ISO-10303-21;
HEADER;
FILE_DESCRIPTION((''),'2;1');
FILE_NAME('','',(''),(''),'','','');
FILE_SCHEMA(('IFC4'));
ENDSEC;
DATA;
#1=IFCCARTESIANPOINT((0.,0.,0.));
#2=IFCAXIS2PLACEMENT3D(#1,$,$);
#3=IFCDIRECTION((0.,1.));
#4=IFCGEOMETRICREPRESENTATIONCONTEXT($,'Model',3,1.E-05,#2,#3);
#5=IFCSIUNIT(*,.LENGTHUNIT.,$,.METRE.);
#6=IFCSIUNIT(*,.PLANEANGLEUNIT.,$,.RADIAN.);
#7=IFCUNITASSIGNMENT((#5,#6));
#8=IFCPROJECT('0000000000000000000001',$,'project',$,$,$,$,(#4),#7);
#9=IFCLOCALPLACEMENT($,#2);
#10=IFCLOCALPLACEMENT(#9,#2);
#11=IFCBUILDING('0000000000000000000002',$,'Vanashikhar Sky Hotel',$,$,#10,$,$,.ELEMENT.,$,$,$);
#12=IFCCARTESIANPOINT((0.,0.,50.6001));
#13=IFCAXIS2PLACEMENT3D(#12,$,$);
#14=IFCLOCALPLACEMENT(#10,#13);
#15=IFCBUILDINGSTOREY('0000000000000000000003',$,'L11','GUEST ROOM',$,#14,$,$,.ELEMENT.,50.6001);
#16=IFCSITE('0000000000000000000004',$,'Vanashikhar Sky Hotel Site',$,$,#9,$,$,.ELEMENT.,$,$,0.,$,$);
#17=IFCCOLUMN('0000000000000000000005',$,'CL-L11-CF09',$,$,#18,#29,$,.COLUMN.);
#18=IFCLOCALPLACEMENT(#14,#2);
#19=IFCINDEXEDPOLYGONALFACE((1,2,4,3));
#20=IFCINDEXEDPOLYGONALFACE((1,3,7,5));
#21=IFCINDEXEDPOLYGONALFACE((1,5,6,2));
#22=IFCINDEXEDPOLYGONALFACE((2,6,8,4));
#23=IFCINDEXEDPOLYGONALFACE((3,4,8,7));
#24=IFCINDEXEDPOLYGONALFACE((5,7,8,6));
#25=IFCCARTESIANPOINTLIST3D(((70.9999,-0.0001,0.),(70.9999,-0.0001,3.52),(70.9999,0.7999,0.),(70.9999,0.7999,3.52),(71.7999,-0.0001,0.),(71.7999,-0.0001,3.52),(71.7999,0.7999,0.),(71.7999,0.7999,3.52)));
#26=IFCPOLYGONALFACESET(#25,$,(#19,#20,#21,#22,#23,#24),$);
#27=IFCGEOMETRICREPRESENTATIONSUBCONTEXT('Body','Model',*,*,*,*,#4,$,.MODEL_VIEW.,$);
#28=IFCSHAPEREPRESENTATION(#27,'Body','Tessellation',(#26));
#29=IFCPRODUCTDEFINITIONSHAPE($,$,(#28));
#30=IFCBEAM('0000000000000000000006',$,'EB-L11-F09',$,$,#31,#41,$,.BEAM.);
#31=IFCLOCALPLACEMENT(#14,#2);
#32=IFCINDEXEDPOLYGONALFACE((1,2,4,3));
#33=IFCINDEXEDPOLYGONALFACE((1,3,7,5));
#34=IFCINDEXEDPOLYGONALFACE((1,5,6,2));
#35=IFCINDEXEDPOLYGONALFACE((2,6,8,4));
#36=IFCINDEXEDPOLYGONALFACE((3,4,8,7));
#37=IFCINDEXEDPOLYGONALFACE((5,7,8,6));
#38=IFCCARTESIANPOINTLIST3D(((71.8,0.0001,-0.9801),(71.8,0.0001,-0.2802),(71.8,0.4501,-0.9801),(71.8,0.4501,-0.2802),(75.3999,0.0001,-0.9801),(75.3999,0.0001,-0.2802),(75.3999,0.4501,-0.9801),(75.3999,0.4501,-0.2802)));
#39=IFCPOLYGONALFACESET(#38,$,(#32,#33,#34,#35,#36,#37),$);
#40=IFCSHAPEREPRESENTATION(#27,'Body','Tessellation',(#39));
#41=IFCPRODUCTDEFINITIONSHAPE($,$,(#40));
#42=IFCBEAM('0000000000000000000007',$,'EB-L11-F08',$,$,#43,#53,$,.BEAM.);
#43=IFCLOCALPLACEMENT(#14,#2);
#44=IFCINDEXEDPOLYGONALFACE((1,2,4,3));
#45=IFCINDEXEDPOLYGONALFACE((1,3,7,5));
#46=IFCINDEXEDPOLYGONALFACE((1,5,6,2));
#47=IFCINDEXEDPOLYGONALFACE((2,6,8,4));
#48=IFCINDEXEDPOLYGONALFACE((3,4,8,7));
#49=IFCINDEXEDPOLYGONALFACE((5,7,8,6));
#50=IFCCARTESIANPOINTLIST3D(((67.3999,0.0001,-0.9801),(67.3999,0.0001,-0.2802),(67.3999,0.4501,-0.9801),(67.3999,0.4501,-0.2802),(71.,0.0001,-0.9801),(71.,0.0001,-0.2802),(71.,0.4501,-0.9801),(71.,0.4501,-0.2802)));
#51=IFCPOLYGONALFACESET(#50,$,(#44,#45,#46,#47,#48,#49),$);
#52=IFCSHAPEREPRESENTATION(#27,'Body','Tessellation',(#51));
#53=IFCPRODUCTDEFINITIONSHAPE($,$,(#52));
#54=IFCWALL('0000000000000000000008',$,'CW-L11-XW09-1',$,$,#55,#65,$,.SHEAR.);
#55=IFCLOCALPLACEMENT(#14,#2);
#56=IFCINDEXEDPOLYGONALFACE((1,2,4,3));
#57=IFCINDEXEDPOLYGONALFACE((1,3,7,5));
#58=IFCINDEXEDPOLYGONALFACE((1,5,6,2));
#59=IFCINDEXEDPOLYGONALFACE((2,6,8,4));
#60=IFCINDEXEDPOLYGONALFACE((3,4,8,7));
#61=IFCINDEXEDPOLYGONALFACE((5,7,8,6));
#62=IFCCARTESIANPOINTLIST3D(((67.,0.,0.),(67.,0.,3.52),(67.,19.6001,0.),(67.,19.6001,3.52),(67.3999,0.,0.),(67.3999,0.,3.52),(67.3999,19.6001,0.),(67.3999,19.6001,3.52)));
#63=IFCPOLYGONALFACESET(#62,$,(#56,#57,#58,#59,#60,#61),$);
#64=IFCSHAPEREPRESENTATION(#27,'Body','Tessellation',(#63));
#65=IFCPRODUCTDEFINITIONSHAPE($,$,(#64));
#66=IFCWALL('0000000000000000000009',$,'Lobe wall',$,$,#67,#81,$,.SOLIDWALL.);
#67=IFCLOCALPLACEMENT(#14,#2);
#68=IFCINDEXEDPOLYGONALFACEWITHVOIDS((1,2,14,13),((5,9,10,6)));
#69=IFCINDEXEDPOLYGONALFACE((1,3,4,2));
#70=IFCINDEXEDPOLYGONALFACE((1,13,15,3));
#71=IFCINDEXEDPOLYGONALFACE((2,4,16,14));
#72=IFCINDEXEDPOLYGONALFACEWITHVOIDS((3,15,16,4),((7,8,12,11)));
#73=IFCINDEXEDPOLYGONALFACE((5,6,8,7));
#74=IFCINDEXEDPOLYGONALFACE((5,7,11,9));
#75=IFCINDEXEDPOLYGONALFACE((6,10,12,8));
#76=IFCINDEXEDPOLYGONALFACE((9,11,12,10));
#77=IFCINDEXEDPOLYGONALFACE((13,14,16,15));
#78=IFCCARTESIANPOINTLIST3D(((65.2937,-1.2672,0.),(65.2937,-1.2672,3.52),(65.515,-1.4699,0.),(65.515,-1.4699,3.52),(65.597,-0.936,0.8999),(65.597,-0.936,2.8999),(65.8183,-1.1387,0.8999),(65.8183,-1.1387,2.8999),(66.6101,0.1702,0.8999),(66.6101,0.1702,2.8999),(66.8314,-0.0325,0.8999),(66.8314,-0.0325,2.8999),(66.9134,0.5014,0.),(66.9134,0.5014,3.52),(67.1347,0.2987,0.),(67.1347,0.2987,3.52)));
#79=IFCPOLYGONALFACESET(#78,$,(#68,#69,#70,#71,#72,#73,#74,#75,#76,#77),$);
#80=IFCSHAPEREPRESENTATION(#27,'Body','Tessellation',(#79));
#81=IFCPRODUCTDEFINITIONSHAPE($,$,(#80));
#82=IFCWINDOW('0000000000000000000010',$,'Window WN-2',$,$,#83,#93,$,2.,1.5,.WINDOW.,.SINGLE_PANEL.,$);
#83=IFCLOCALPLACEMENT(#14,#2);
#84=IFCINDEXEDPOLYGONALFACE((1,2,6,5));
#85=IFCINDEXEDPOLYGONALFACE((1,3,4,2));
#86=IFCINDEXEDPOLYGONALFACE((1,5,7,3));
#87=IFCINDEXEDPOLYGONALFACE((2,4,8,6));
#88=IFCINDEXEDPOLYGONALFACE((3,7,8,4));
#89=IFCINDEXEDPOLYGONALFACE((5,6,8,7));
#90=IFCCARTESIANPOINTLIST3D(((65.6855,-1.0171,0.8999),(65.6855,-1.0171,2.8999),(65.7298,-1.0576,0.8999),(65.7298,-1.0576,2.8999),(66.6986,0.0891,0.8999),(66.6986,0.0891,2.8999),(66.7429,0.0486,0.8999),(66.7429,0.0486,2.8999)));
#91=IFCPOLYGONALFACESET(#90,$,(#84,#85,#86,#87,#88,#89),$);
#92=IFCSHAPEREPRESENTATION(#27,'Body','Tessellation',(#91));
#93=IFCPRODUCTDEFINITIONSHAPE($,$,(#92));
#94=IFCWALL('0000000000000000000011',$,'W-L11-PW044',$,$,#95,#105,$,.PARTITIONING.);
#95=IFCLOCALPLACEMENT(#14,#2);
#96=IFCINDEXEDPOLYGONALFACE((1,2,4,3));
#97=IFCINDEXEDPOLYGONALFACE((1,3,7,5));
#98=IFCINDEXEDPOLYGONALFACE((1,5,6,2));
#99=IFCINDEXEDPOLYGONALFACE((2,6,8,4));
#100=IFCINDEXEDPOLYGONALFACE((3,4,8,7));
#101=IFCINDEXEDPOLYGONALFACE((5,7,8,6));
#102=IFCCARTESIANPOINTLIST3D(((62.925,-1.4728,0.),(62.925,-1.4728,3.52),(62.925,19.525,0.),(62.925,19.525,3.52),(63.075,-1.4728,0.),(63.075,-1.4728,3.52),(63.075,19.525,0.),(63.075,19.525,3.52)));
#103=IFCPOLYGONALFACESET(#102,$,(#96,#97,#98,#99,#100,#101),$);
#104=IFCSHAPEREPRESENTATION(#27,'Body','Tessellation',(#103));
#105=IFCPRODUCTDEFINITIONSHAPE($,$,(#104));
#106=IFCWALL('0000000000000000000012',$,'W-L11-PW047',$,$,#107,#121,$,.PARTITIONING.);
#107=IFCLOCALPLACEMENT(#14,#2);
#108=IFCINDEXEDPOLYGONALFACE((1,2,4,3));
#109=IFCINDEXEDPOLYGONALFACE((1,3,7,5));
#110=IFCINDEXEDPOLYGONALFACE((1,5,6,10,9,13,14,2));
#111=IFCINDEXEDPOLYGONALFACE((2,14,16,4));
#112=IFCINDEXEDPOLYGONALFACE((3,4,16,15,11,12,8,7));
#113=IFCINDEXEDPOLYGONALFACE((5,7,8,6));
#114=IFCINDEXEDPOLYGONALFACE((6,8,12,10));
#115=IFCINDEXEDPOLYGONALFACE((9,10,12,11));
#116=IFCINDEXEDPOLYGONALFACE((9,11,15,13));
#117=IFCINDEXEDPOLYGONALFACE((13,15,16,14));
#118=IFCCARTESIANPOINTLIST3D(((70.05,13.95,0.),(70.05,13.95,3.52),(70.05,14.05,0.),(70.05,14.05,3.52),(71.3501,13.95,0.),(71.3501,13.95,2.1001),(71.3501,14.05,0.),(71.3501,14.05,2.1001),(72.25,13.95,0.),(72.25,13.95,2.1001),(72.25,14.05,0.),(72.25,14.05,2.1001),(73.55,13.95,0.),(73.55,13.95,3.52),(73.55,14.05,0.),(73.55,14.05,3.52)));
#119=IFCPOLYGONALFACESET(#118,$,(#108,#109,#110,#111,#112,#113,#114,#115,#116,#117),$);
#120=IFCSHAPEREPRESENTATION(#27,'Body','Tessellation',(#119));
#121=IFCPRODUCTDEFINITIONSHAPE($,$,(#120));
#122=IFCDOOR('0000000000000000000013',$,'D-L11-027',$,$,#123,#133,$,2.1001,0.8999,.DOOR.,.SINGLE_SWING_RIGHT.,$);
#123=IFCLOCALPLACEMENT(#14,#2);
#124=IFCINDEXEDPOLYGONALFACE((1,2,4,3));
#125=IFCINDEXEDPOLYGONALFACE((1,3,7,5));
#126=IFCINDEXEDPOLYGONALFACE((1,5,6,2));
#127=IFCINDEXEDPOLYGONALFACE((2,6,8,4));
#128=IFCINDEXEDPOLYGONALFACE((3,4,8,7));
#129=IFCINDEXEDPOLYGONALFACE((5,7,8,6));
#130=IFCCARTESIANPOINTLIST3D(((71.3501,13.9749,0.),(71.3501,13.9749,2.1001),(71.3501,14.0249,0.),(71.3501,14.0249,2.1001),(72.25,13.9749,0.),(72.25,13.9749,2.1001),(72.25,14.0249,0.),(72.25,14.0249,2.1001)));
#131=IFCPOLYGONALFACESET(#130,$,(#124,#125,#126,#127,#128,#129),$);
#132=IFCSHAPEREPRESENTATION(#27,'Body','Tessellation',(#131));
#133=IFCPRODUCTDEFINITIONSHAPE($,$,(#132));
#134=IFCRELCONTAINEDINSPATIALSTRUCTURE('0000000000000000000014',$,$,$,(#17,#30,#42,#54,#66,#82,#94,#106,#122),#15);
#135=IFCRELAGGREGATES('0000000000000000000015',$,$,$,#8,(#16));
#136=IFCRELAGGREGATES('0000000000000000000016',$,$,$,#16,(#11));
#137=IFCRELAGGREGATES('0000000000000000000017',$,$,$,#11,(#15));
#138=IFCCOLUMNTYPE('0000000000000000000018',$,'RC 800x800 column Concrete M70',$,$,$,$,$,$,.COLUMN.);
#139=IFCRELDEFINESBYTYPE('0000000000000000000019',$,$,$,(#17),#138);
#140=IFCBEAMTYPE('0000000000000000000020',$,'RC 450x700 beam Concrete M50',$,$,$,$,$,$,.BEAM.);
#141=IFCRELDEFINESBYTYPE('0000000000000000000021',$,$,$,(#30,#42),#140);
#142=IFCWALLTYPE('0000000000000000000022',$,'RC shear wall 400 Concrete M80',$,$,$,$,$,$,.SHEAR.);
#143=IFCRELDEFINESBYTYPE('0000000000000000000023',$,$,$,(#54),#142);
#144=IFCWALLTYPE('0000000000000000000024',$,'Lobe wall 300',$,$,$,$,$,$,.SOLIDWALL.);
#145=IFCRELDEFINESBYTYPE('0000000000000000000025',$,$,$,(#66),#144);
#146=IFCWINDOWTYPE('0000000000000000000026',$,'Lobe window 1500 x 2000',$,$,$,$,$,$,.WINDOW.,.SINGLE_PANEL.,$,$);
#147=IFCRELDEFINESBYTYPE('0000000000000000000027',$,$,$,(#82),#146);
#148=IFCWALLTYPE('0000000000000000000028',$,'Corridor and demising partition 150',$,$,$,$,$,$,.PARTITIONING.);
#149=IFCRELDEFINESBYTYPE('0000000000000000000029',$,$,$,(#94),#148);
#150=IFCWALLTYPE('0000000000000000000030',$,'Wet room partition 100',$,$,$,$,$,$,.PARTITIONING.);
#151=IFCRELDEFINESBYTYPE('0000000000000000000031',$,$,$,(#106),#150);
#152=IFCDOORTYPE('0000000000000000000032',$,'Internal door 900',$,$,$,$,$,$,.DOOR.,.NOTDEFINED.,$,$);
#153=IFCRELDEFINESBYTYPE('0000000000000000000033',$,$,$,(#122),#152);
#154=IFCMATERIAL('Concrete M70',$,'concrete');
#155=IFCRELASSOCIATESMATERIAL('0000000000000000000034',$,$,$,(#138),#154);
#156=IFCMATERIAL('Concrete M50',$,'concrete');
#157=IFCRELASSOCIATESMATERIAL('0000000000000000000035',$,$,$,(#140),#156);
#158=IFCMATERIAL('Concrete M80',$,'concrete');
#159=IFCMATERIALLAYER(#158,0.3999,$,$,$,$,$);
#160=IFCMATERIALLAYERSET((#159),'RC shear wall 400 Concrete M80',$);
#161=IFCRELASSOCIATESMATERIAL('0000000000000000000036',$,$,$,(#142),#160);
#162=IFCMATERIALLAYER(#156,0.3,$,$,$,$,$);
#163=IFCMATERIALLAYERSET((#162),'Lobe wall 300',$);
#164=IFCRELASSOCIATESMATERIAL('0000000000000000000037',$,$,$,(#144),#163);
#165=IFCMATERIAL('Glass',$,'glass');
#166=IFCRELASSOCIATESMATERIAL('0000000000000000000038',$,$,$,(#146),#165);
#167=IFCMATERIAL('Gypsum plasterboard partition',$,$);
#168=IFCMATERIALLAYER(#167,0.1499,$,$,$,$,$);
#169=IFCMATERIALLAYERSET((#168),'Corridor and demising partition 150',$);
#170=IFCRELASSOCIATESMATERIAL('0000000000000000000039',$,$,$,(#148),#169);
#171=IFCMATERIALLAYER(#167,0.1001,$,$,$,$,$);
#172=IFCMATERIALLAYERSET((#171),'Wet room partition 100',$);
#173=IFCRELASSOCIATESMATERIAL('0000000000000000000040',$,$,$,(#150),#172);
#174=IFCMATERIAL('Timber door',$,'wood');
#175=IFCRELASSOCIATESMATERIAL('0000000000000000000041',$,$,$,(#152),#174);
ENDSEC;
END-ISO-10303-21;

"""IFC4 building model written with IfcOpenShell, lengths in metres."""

from ifc_helpers import new_model, si_unit, direction, frame, frame_2d, origin, origin_2d, place, context, subcontext, project, spatial, rectangle, extrude, source, transform, mapped, material, layer, layer_set, material_profile, profile_set, type_object, element, fill, save


model = new_model("IFC4")

# Units and contexts
model_context = context("Model", 3, precision=1e-05, world=origin(), true_north=direction((0.0, 1.0)))
body_context = subcontext(model_context, "Body", "Model", "MODEL_VIEW")
ifc_project = project(units=[si_unit("LENGTHUNIT", "METRE"), si_unit("PLANEANGLEUNIT", "RADIAN")], contexts=[model_context])

# Site, building, storey
site_placement = place(None, origin())
site = spatial("IfcSite", under=ifc_project, at=site_placement, Name="Vanashikhar Sky Hotel Site", CompositionType="ELEMENT", RefElevation=0.0)
building_placement = place(site_placement, origin())
building = spatial("IfcBuilding", under=site, at=building_placement, Name="Vanashikhar Sky Hotel", CompositionType="ELEMENT")
storey_placement = place(building_placement, frame((0.0, 0.0, 50.6001)))
storey = spatial("IfcBuildingStorey", under=building, at=storey_placement, Name="L11", Description="GUEST ROOM", CompositionType="ELEMENT", Elevation=50.6001)

# Column
ifc_material_1 = material(Name="Concrete M70", Category="concrete")
ifc_material_profile_1 = material_profile(ifc_material_1, rectangle(XDim=0.8, YDim=0.8, at=origin_2d()))
ifc_profile_set_1 = profile_set([ifc_material_profile_1], Name="RC 800x800 column Concrete M70")
column_type = type_object("IfcColumnType", Name="RC 800x800 column Concrete M70", PredefinedType="COLUMN", material=ifc_profile_set_1)
shared_shape_1 = source(origin(), body_context, "Body", "SweptSolid", [
    extrude(rectangle(XDim=0.8, YDim=0.8, at=origin_2d()), origin(), (0.0, 0.0, 1.0), 3.52),
])
column_placement = place(storey_placement, frame((71.3999, 0.3999, 0.0), z_axis=(0.0, 0.0, 1.0), x_axis=(1.0, 0.0, 0.0)))
element("IfcColumn", 1, at=column_placement, inside=storey, type_object=column_type, Name="CL-L11-CF09", PredefinedType="COLUMN", context=body_context, shape_type="MappedRepresentation", body=[
    mapped(shared_shape_1, transform((0.0, 0.0, 0.0), scale=1.0)),
])

# Beams
ifc_material_2 = material(Name="Concrete M50", Category="concrete")
ifc_material_profile_2 = material_profile(ifc_material_2, rectangle(XDim=0.45, YDim=0.7, at=origin_2d()))
ifc_profile_set_2 = profile_set([ifc_material_profile_2], Name="RC 450x700 beam Concrete M50")
beam_type = type_object("IfcBeamType", Name="RC 450x700 beam Concrete M50", PredefinedType="BEAM", material=ifc_profile_set_2)
shared_shape_2 = source(origin(), body_context, "Body", "SweptSolid", [
    extrude(rectangle(XDim=0.45, YDim=0.7, at=origin_2d()), origin(), (0.0, 0.0, 1.0), 3.5999),
])
beam_1_placement = place(storey_placement, frame((71.8, 0.2251, -0.6301), z_axis=(1.0, 0.0, 0.0), x_axis=(0.0, 1.0, 0.0)))
element("IfcBeam", 2, at=beam_1_placement, inside=storey, type_object=beam_type, Name="EB-L11-F09", PredefinedType="BEAM", context=body_context, shape_type="MappedRepresentation", body=[
    mapped(shared_shape_2, transform((0.0, 0.0, 0.0), scale=1.0)),
])
shared_shape_3 = source(origin(), body_context, "Body", "SweptSolid", [
    extrude(rectangle(XDim=0.45, YDim=0.7, at=origin_2d()), origin(), (0.0, 0.0, 1.0), 3.6001),
])
beam_2_placement = place(storey_placement, frame((67.3999, 0.2251, -0.6301), z_axis=(1.0, 0.0, 0.0), x_axis=(0.0, 1.0, 0.0)))
element("IfcBeam", 3, at=beam_2_placement, inside=storey, type_object=beam_type, Name="EB-L11-F08", PredefinedType="BEAM", context=body_context, shape_type="MappedRepresentation", body=[
    mapped(shared_shape_3, transform((0.0, 0.0, 0.0), scale=1.0)),
])

# Wall
ifc_material_3 = material(Name="Concrete M80", Category="concrete")
ifc_layer_1 = layer(ifc_material_3, 0.3999)
ifc_layer_set_1 = layer_set([ifc_layer_1], Name="RC shear wall 400 Concrete M80")
wall_type_1 = type_object("IfcWallType", Name="RC shear wall 400 Concrete M80", PredefinedType="SHEAR", material=ifc_layer_set_1)
shared_shape_4 = source(origin(), body_context, "Body", "SweptSolid", [
    extrude(rectangle(XDim=19.6001, YDim=0.3999, at=frame_2d((9.8, 0.0))), origin(), (0.0, 0.0, 1.0), 3.52),
])
wall_1_placement = place(storey_placement, frame((67.2, 0.0, 0.0), z_axis=(0.0, 0.0, 1.0), x_axis=(0.0, 1.0, 0.0)))
element("IfcWall", 4, at=wall_1_placement, inside=storey, type_object=wall_type_1, Name="CW-L11-XW09-1", PredefinedType="SHEAR", context=body_context, shape_type="MappedRepresentation", body=[
    mapped(shared_shape_4, transform((0.0, 0.0, 0.0), scale=1.0)),
])

# Wall, opening, window
ifc_layer_2 = layer(ifc_material_2, 0.3)
ifc_layer_set_2 = layer_set([ifc_layer_2], Name="Lobe wall 300")
wall_type_2 = type_object("IfcWallType", Name="Lobe wall 300", PredefinedType="SOLIDWALL", material=ifc_layer_set_2)
shared_shape_5 = source(origin(), body_context, "Body", "SweptSolid", [
    extrude(rectangle(XDim=2.3982, YDim=0.3, at=frame_2d((1.1992, 0.0))), origin(), (0.0, 0.0, 1.0), 3.52),
])
wall_2_placement = place(storey_placement, frame((65.4043, -1.3687, 0.0), z_axis=(0.0, 0.0, 1.0), x_axis=(0.675374, 0.737475, 0.0)))
wall_2 = element("IfcWall", 5, at=wall_2_placement, inside=storey, type_object=wall_type_2, Name="Lobe wall", PredefinedType="SOLIDWALL", context=body_context, shape_type="MappedRepresentation", body=[
    mapped(shared_shape_5, transform((0.0, 0.0, 0.0), scale=1.0)),
])
shared_shape_6 = source(origin(), body_context, "Body", "SweptSolid", [
    extrude(rectangle(XDim=1.5, YDim=2.0, at=frame_2d((0.75, 1.0))), frame((0.0, 0.1602, 0.0), z_axis=(0.0, -1.0, 0.0), x_axis=(1.0, 0.0, 0.0)), (0.0, 0.0, 1.0), 0.3201),
])
opening_1_placement = place(wall_2_placement, frame((0.4492, 0.0, 0.8999)))
opening_1 = element("IfcOpeningElement", 6, at=opening_1_placement, cuts=wall_2, PredefinedType="OPENING", context=body_context, shape_type="MappedRepresentation", body=[
    mapped(shared_shape_6, transform((0.0, 0.0, 0.0), scale=1.0)),
])
ifc_material_4 = material(Name="Glass", Category="glass")
window_type_1 = type_object("IfcWindowType", Name="Lobe window 1500 x 2000", PartitioningType="SINGLE_PANEL", PredefinedType="WINDOW", material=ifc_material_4)
shared_shape_7 = source(origin(), body_context, "Body", "SweptSolid", [
    extrude(rectangle(XDim=1.5, YDim=2.0, at=frame_2d((0.75, 1.0))), frame((0.0, 0.03, 0.0), z_axis=(0.0, -1.0, 0.0), x_axis=(1.0, 0.0, 0.0)), (0.0, 0.0, 1.0), 0.0601),
])
window_1_placement = place(opening_1_placement, origin())
window_1 = element("IfcWindow", 7, at=window_1_placement, inside=storey, type_object=window_type_1, Name="Window WN-2", OverallHeight=2.0, OverallWidth=1.5, PartitioningType="SINGLE_PANEL", PredefinedType="WINDOW", context=body_context, shape_type="MappedRepresentation", body=[
    mapped(shared_shape_7, transform((0.0, 0.0, 0.0), scale=1.0)),
])
fill(opening_1, window_1)

# Wall
ifc_material_5 = material(Name="Gypsum plasterboard partition")
ifc_layer_3 = layer(ifc_material_5, 0.1499)
ifc_layer_set_3 = layer_set([ifc_layer_3], Name="Corridor and demising partition 150")
wall_type_3 = type_object("IfcWallType", Name="Corridor and demising partition 150", PredefinedType="PARTITIONING", material=ifc_layer_set_3)
shared_shape_8 = source(origin(), body_context, "Body", "SweptSolid", [
    extrude(rectangle(XDim=20.9978, YDim=0.1499, at=frame_2d((10.499, 0.0))), origin(), (0.0, 0.0, 1.0), 3.52),
])
wall_3_placement = place(storey_placement, frame((63.0, -1.4729, 0.0), z_axis=(0.0, 0.0, 1.0), x_axis=(0.0, 1.0, 0.0)))
element("IfcWall", 8, at=wall_3_placement, inside=storey, type_object=wall_type_3, Name="W-L11-PW044", PredefinedType="PARTITIONING", context=body_context, shape_type="MappedRepresentation", body=[
    mapped(shared_shape_8, transform((0.0, 0.0, 0.0), scale=1.0)),
])

# Wall, opening, door
ifc_layer_4 = layer(ifc_material_5, 0.1001)
ifc_layer_set_4 = layer_set([ifc_layer_4], Name="Wet room partition 100")
wall_type_4 = type_object("IfcWallType", Name="Wet room partition 100", PredefinedType="PARTITIONING", material=ifc_layer_set_4)
shared_shape_9 = source(origin(), body_context, "Body", "SweptSolid", [
    extrude(rectangle(XDim=3.5, YDim=0.1001, at=frame_2d((1.75, 0.0))), origin(), (0.0, 0.0, 1.0), 3.52),
])
wall_4_placement = place(storey_placement, frame((70.05, 14.0, 0.0), z_axis=(0.0, 0.0, 1.0), x_axis=(1.0, 0.0, 0.0)))
wall_4 = element("IfcWall", 9, at=wall_4_placement, inside=storey, type_object=wall_type_4, Name="W-L11-PW047", PredefinedType="PARTITIONING", context=body_context, shape_type="MappedRepresentation", body=[
    mapped(shared_shape_9, transform((0.0, 0.0, 0.0), scale=1.0)),
])
shared_shape_10 = source(origin(), body_context, "Body", "SweptSolid", [
    extrude(rectangle(XDim=0.8999, YDim=2.1001, at=frame_2d((0.45, 1.05))), frame((0.0, 0.0601, 0.0), z_axis=(0.0, -1.0, 0.0), x_axis=(1.0, 0.0, 0.0)), (0.0, 0.0, 1.0), 0.1201),
])
opening_2_placement = place(wall_4_placement, frame((1.3, 0.0, 0.0)))
opening_2 = element("IfcOpeningElement", 10, at=opening_2_placement, cuts=wall_4, PredefinedType="OPENING", context=body_context, shape_type="MappedRepresentation", body=[
    mapped(shared_shape_10, transform((0.0, 0.0, 0.0), scale=1.0)),
])
ifc_material_6 = material(Name="Timber door", Category="wood")
door_type_1 = type_object("IfcDoorType", Name="Internal door 900", OperationType="NOTDEFINED", PredefinedType="DOOR", material=ifc_material_6)
shared_shape_11 = source(origin(), body_context, "Body", "SweptSolid", [
    extrude(rectangle(XDim=0.8999, YDim=2.1001, at=frame_2d((0.45, 1.05))), frame((0.0, 0.0249, 0.0), z_axis=(0.0, -1.0, 0.0), x_axis=(1.0, 0.0, 0.0)), (0.0, 0.0, 1.0), 0.05),
])
door_1_placement = place(opening_2_placement, origin())
door_1 = element("IfcDoor", 11, at=door_1_placement, inside=storey, type_object=door_type_1, Name="D-L11-027", OperationType="SINGLE_SWING_RIGHT", OverallHeight=2.1001, OverallWidth=0.8999, PredefinedType="DOOR", context=body_context, shape_type="MappedRepresentation", body=[
    mapped(shared_shape_11, transform((0.0, 0.0, 0.0), scale=1.0)),
])
fill(opening_2, door_1)

save(model, "model.ifc")
